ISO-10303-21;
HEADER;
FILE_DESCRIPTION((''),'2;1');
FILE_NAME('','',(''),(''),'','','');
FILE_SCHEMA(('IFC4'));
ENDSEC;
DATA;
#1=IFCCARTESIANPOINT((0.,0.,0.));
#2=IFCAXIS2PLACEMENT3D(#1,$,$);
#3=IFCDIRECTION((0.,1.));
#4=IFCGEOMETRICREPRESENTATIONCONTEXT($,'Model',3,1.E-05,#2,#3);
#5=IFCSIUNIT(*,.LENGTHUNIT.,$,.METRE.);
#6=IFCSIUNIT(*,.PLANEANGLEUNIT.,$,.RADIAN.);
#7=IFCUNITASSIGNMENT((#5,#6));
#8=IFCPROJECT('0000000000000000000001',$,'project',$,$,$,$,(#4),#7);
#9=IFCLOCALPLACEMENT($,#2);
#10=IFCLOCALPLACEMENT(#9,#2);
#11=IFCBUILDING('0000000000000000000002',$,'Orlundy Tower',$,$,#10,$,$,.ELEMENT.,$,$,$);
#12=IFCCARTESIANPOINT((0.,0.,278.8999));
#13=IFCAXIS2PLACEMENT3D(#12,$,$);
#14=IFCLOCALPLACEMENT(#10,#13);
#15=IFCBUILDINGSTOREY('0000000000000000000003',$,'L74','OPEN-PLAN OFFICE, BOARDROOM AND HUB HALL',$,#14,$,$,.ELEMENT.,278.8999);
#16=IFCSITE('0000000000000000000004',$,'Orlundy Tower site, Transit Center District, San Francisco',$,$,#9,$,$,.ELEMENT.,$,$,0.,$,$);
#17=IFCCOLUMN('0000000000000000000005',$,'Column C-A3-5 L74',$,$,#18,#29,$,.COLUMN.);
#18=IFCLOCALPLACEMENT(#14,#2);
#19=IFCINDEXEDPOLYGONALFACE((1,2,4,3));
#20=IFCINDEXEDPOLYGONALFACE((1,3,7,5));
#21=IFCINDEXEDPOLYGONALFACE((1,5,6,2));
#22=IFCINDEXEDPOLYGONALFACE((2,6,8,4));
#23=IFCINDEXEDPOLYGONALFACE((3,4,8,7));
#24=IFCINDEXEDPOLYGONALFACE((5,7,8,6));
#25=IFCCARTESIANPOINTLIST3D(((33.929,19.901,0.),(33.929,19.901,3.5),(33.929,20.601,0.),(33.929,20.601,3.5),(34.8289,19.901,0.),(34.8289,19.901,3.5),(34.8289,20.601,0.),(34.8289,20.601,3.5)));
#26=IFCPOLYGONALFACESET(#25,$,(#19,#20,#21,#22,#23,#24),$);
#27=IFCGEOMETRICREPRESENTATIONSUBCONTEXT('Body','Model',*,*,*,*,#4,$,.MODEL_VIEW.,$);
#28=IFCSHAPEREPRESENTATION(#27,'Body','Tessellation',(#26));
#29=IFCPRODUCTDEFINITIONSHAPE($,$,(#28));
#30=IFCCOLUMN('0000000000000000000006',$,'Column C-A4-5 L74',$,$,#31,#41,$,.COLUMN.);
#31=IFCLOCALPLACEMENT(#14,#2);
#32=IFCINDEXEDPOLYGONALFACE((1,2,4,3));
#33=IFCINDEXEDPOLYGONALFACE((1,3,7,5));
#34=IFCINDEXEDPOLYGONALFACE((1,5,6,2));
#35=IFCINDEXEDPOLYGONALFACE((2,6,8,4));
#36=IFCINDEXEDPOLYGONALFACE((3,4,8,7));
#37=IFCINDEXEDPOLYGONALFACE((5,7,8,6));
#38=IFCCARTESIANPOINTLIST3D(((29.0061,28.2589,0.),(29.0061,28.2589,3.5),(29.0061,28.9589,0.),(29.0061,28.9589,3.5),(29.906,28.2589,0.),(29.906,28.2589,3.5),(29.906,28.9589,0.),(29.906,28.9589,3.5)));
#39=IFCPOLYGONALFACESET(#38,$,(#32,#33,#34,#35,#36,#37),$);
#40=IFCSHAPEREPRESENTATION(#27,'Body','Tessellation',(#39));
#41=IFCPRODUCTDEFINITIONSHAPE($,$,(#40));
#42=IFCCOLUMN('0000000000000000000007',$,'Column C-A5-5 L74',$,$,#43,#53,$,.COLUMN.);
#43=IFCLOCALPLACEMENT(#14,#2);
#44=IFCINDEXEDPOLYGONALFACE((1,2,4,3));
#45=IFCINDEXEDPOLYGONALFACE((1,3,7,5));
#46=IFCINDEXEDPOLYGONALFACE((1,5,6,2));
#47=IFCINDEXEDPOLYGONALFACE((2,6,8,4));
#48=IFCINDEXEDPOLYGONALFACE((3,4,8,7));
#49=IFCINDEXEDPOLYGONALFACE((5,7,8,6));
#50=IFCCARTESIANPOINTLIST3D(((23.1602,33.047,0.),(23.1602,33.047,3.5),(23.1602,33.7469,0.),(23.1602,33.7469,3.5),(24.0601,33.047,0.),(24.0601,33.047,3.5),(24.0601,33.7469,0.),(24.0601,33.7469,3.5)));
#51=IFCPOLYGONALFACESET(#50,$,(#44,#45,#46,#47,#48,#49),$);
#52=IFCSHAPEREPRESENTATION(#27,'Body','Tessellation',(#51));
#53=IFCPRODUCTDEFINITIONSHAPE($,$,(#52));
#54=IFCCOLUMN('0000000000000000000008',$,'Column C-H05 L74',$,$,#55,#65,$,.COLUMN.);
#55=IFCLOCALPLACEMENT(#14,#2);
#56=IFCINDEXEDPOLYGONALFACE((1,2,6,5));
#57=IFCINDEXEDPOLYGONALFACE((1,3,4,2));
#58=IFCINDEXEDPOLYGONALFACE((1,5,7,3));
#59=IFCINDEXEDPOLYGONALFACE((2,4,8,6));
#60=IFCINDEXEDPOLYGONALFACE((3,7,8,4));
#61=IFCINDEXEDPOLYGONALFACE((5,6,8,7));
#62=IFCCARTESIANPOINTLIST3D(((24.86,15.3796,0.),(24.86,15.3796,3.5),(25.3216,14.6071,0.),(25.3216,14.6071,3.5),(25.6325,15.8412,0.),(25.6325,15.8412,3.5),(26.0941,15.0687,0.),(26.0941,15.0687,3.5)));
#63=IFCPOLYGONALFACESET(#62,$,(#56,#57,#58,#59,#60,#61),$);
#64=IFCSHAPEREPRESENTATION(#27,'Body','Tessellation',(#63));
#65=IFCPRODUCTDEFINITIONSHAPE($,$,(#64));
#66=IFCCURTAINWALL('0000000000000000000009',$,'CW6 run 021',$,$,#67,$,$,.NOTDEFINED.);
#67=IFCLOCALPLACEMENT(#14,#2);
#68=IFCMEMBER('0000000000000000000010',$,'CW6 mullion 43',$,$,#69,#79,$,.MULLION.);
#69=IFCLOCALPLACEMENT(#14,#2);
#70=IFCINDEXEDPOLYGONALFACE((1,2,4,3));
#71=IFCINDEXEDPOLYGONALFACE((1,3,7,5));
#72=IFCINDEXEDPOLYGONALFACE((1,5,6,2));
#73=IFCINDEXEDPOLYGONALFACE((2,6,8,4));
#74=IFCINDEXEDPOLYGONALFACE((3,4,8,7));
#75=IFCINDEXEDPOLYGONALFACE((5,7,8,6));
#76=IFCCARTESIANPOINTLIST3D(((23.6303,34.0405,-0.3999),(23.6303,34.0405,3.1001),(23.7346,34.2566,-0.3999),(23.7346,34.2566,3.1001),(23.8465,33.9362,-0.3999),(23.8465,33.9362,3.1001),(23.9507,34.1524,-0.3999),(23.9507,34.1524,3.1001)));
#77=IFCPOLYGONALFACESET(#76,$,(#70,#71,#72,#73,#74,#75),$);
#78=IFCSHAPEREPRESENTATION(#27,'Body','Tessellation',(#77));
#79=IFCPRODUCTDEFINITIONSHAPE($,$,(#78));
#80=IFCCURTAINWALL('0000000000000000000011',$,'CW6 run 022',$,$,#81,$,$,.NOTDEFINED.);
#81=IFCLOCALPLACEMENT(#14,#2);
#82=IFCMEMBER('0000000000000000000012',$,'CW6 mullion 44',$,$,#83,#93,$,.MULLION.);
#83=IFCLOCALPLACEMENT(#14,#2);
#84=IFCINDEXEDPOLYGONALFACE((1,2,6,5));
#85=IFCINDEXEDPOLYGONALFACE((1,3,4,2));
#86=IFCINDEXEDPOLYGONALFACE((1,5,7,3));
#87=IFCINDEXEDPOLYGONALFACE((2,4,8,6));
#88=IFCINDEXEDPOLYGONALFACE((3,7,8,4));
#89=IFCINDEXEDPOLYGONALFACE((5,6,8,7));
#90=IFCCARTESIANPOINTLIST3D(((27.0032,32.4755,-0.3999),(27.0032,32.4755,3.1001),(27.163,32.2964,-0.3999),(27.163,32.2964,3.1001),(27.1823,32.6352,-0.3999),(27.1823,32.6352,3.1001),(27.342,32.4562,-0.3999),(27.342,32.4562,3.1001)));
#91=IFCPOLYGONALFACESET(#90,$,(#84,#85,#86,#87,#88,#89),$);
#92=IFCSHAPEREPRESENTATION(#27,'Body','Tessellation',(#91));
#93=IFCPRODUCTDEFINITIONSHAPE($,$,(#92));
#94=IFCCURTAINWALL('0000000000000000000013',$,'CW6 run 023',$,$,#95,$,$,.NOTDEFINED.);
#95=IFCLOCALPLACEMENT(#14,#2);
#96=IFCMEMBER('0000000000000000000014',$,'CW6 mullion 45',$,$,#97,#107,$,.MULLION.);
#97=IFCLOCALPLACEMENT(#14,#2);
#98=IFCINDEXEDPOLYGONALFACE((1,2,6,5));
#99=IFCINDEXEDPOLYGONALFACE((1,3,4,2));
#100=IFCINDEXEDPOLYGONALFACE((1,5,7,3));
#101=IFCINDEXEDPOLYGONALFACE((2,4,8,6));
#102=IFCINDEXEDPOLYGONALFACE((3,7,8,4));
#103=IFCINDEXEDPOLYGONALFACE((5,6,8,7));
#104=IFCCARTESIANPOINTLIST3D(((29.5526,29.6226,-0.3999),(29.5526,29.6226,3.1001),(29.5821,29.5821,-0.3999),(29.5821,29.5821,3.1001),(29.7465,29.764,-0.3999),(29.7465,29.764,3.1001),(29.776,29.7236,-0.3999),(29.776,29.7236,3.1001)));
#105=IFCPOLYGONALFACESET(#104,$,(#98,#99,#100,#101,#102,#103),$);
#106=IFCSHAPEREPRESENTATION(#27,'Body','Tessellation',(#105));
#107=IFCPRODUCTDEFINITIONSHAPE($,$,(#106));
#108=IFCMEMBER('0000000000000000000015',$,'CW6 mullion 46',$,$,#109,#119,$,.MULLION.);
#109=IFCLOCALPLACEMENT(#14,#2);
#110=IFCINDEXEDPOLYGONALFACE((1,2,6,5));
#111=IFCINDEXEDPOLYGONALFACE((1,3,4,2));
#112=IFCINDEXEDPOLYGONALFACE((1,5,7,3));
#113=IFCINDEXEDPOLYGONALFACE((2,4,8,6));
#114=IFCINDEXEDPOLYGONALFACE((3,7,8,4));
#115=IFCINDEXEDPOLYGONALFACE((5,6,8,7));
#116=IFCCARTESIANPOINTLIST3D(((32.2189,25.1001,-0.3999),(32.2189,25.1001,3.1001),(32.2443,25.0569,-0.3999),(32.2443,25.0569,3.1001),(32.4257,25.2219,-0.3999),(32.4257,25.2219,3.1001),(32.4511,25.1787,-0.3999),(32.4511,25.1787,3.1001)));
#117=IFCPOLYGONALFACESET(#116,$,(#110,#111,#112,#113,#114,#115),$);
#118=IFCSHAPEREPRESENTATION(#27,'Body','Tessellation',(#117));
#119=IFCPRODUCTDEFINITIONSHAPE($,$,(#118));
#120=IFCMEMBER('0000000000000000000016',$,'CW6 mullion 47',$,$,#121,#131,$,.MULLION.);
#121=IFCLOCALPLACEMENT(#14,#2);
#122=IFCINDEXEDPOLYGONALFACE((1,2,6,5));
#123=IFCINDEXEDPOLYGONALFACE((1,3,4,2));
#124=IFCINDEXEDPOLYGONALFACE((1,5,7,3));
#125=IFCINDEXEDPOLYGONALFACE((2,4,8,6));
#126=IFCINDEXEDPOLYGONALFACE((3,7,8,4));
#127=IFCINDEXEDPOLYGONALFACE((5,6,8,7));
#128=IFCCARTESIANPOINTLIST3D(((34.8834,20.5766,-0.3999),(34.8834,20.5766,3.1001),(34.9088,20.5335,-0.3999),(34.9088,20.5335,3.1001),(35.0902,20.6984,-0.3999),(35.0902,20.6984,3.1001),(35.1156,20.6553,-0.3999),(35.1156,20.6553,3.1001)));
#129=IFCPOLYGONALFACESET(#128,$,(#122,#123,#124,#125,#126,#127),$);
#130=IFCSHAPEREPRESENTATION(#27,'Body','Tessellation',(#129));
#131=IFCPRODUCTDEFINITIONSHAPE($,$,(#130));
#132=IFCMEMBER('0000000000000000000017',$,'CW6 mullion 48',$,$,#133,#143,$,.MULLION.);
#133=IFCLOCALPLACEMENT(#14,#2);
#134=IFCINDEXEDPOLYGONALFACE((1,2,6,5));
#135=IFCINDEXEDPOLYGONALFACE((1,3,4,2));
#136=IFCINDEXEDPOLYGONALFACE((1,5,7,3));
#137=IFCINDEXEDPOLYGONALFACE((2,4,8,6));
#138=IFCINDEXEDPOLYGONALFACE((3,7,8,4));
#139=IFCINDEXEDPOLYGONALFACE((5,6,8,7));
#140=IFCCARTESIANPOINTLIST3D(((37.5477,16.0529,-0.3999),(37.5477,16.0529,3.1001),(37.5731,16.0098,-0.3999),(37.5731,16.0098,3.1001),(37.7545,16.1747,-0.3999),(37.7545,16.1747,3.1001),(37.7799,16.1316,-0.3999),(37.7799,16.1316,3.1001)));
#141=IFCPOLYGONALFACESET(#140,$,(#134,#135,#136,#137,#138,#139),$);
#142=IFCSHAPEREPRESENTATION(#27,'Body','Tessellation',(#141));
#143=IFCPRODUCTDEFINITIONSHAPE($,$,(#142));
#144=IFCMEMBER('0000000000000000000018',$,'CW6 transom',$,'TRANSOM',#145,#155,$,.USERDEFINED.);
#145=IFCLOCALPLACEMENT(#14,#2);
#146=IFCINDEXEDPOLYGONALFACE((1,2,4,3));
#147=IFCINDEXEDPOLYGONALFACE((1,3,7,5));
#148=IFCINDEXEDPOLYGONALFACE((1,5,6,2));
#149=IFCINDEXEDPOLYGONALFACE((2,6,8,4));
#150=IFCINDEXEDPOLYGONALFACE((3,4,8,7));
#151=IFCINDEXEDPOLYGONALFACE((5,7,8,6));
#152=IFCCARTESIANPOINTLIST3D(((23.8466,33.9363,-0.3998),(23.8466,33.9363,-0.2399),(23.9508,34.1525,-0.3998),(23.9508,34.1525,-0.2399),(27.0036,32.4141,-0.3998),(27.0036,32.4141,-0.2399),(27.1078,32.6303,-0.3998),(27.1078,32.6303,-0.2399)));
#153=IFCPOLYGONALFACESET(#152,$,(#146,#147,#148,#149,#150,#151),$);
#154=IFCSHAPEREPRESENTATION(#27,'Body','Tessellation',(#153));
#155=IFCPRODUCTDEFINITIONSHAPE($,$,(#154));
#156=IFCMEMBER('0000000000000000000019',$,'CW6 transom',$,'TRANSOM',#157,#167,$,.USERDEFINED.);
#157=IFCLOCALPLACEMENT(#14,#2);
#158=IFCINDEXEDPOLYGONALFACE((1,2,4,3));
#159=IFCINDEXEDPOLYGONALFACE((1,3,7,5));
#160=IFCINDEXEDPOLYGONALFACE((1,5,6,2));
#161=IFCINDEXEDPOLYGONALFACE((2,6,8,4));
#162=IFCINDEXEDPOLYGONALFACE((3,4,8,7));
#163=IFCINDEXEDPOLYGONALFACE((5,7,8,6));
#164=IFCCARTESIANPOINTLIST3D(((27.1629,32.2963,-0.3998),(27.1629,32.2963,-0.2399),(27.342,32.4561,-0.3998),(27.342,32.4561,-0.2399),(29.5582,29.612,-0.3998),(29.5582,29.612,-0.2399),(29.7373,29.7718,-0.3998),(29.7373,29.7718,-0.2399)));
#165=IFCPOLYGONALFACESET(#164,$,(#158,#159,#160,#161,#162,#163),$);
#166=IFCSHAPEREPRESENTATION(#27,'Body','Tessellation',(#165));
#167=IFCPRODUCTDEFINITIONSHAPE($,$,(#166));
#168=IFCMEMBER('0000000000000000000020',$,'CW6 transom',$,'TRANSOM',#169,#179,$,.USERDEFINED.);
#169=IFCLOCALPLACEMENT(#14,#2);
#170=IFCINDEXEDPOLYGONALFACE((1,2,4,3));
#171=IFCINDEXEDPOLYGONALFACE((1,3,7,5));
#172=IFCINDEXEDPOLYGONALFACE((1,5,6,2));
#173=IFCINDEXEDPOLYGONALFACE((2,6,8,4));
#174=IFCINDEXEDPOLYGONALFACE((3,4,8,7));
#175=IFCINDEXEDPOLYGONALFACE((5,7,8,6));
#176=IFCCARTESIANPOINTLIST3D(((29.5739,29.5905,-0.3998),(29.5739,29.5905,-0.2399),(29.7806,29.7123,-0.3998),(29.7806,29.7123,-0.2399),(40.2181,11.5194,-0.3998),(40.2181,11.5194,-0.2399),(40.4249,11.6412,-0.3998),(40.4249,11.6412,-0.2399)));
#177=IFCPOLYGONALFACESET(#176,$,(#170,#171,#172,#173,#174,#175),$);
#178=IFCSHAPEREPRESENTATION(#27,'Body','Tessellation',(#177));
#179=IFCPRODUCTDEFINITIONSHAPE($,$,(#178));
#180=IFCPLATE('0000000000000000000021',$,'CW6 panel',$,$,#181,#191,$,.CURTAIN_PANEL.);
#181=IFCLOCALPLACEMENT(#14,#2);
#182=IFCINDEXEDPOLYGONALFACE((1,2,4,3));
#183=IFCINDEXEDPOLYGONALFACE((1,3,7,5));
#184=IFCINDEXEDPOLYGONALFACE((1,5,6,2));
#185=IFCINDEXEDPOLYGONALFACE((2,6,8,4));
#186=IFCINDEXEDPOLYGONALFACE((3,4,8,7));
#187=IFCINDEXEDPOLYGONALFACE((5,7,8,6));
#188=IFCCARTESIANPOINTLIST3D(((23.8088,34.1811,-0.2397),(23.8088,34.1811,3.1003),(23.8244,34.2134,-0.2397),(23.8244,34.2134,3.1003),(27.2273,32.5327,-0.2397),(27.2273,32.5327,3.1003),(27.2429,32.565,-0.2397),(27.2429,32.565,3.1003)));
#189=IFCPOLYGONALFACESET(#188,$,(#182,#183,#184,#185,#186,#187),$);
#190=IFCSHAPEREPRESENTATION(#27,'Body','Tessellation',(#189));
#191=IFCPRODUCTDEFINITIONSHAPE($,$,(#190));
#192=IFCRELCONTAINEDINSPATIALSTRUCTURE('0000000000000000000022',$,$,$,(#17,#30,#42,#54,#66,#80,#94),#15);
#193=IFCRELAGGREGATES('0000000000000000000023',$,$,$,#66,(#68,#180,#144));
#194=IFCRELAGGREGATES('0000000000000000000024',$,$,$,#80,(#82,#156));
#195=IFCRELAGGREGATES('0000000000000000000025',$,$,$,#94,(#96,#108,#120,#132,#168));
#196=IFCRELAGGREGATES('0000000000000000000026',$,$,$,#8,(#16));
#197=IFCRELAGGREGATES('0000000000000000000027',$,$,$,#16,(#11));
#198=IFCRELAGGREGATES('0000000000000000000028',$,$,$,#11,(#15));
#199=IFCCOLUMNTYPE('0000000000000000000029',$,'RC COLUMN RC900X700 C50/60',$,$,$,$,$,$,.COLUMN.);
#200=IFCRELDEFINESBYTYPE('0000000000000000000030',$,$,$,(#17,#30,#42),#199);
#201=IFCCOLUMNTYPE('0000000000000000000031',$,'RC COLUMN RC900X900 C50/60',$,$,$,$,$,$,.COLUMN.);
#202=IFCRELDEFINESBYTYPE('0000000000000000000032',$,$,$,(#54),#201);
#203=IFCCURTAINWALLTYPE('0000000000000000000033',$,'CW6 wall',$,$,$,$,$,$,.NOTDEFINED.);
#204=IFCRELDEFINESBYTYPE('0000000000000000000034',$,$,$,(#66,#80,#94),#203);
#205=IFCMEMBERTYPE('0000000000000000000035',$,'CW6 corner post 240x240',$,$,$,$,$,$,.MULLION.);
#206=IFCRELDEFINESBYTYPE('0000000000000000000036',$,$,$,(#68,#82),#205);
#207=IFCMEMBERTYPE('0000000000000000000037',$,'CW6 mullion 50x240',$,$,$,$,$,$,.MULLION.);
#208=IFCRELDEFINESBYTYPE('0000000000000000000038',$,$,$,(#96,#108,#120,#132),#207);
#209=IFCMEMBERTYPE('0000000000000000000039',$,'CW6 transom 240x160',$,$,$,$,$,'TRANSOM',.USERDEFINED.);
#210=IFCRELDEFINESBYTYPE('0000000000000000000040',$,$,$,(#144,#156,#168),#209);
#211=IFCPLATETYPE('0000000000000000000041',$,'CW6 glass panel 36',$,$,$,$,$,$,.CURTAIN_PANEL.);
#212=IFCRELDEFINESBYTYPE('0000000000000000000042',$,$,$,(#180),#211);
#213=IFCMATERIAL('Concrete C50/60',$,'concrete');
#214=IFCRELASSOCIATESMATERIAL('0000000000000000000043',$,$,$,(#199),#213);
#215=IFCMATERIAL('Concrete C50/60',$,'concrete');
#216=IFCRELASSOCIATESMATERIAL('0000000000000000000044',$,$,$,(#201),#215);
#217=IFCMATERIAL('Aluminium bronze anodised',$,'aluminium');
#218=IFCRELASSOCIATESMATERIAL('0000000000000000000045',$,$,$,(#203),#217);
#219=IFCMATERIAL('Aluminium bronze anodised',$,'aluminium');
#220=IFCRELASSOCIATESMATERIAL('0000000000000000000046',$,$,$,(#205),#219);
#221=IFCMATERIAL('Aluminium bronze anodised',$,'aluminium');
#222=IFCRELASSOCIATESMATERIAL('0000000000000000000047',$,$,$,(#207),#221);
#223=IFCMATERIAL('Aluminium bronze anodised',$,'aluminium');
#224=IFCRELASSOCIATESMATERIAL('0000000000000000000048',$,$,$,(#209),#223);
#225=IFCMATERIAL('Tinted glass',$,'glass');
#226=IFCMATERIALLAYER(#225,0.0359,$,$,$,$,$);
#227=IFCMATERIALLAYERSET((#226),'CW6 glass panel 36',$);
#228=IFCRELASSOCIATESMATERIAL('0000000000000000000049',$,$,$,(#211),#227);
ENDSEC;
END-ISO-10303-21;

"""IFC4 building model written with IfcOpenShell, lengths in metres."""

from ifc_helpers import new_model, si_unit, direction, frame, origin, origin_2d, place, context, subcontext, project, spatial, rectangle, extrude, material, layer, layer_set, material_profile, profile_set, type_object, element, aggregate, save


model = new_model("IFC4")

# Units and contexts
model_context = context("Model", 3, precision=1e-05, world=origin(), true_north=direction((0.0, 1.0)))
body_context = subcontext(model_context, "Body", "Model", "MODEL_VIEW")
ifc_project = project(units=[si_unit("LENGTHUNIT", "METRE"), si_unit("PLANEANGLEUNIT", "RADIAN")], contexts=[model_context])

# Site, building, storey
site_placement = place(None, origin())
site = spatial("IfcSite", under=ifc_project, at=site_placement, Name="Orlundy Tower site, Transit Center District, San Francisco", CompositionType="ELEMENT", RefElevation=0.0)
building_placement = place(site_placement, origin())
building = spatial("IfcBuilding", under=site, at=building_placement, Name="Orlundy Tower", CompositionType="ELEMENT")
storey_placement = place(building_placement, frame((0.0, 0.0, 278.8999)))
storey = spatial("IfcBuildingStorey", under=building, at=storey_placement, Name="L74", Description="OPEN-PLAN OFFICE, BOARDROOM AND HUB HALL", CompositionType="ELEMENT", Elevation=278.8999)

# Columns
ifc_material_1 = material(Name="Concrete C50/60", Category="concrete")
ifc_material_profile_1 = material_profile(ifc_material_1, rectangle(XDim=0.8999, YDim=0.7, at=origin_2d()), Name="RC900X700")
ifc_profile_set_1 = profile_set([ifc_material_profile_1], Name="Concrete C50/60")
column_type_1 = type_object("IfcColumnType", Name="RC COLUMN RC900X700 C50/60", PredefinedType="COLUMN", material=ifc_profile_set_1)
for number, where, z_axis, x_axis, name in (
    (1, (34.3789, 20.251, 0.0), (0.0, 0.0, 1.0), (1.0, 0.0, 0.0), "Column C-A3-5 L74"),
    (2, (29.4561, 28.6089, 0.0), (0.0, 0.0, 1.0), (1.0, 0.0, 0.0), "Column C-A4-5 L74"),
    (3, (23.6101, 33.397, 0.0), (0.0, 0.0, 1.0), (1.0, 0.0, 0.0), "Column C-A5-5 L74"),
):
    element("IfcColumn", number, at=place(storey_placement, frame(where, z_axis=z_axis, x_axis=x_axis)), inside=storey, type_object=column_type_1, Name=name, PredefinedType="COLUMN", context=body_context, shape_type="SweptSolid", body=[
        extrude(rectangle(XDim=0.8999, YDim=0.7, at=origin_2d()), origin(), (0.0, 0.0, 1.0), 3.5),
    ])
ifc_material_2 = material(Name="Concrete C50/60", Category="concrete")
ifc_material_profile_2 = material_profile(ifc_material_2, rectangle(XDim=0.8999, YDim=0.8999, at=origin_2d()), Name="RC900X900")
ifc_profile_set_2 = profile_set([ifc_material_profile_2], Name="Concrete C50/60")
column_type_2 = type_object("IfcColumnType", Name="RC COLUMN RC900X900 C50/60", PredefinedType="COLUMN", material=ifc_profile_set_2)
column_placement = place(storey_placement, frame((25.4771, 15.2241, 0.0), z_axis=(0.0, 0.0, 1.0), x_axis=(0.858414, 0.512957, 0.0)))
element("IfcColumn", 4, at=column_placement, inside=storey, type_object=column_type_2, Name="Column C-H05 L74", PredefinedType="COLUMN", context=body_context, shape_type="SweptSolid", body=[
    extrude(rectangle(XDim=0.8999, YDim=0.8999, at=origin_2d()), origin(), (0.0, 0.0, 1.0), 3.5),
])

# Curtain walls, members
ifc_material_3 = material(Name="Aluminium bronze anodised", Category="aluminium")
curtain_wall_type = type_object("IfcCurtainWallType", Name="CW6 wall", PredefinedType="NOTDEFINED", material=ifc_material_3)
curtain_wall_1_placement = place(storey_placement, origin())
curtain_wall_1 = element("IfcCurtainWall", 5, at=curtain_wall_1_placement, inside=storey, type_object=curtain_wall_type, Name="CW6 run 021", PredefinedType="NOTDEFINED")
ifc_material_4 = material(Name="Aluminium bronze anodised", Category="aluminium")
ifc_material_profile_3 = material_profile(ifc_material_4, rectangle(XDim=0.24, YDim=0.24, at=origin_2d()), Name="CW6 corner post 240x240")
ifc_profile_set_3 = profile_set([ifc_material_profile_3], Name="Aluminium bronze anodised")
member_type_1 = type_object("IfcMemberType", Name="CW6 corner post 240x240", PredefinedType="MULLION", material=ifc_profile_set_3)
member_1_placement = place(storey_placement, frame((23.7905, 34.0964, -0.3999), z_axis=(0.0, 0.0, 1.0), x_axis=(0.434327, 0.900755, 0.0)))
member_1 = element("IfcMember", 6, at=member_1_placement, type_object=member_type_1, Name="CW6 mullion 43", PredefinedType="MULLION", context=body_context, shape_type="SweptSolid", body=[
    extrude(rectangle(XDim=0.24, YDim=0.24, at=origin_2d()), origin(), (0.0, 0.0, 1.0), 3.5),
])
curtain_wall_2_placement = place(storey_placement, origin())
curtain_wall_2 = element("IfcCurtainWall", 7, at=curtain_wall_2_placement, inside=storey, type_object=curtain_wall_type, Name="CW6 run 022", PredefinedType="NOTDEFINED")
member_2_placement = place(storey_placement, frame((27.1726, 32.4658, -0.3999), z_axis=(0.0, 0.0, 1.0), x_axis=(0.746158, 0.665769, 0.0)))
member_2 = element("IfcMember", 8, at=member_2_placement, type_object=member_type_1, Name="CW6 mullion 44", PredefinedType="MULLION", context=body_context, shape_type="SweptSolid", body=[
    extrude(rectangle(XDim=0.24, YDim=0.24, at=origin_2d()), origin(), (0.0, 0.0, 1.0), 3.5),
])

# Curtain wall, members
curtain_wall_3_placement = place(storey_placement, origin())
curtain_wall_3 = element("IfcCurtainWall", 9, at=curtain_wall_3_placement, inside=storey, type_object=curtain_wall_type, Name="CW6 run 023", PredefinedType="NOTDEFINED")
ifc_material_5 = material(Name="Aluminium bronze anodised", Category="aluminium")
ifc_material_profile_4 = material_profile(ifc_material_5, rectangle(XDim=0.24, YDim=0.05, at=origin_2d()), Name="CW6 mullion 50x240")
ifc_profile_set_4 = profile_set([ifc_material_profile_4], Name="Aluminium bronze anodised")
member_type_2 = type_object("IfcMemberType", Name="CW6 mullion 50x240", PredefinedType="MULLION", material=ifc_profile_set_4)
member_3_placement = place(storey_placement, frame((29.6643, 29.6731, -0.3999), z_axis=(0.0, 0.0, 1.0), x_axis=(0.807779, 0.589485, 0.0)))
member_3 = element("IfcMember", 10, at=member_3_placement, type_object=member_type_2, Name="CW6 mullion 45", PredefinedType="MULLION", context=body_context, shape_type="SweptSolid", body=[
    extrude(rectangle(XDim=0.24, YDim=0.05, at=origin_2d()), origin(), (0.0, 0.0, 1.0), 3.5),
])
member_4_placement = place(storey_placement, frame((32.335, 25.1394, -0.3999), z_axis=(0.0, 0.0, 1.0), x_axis=(0.861633, 0.507532, 0.0)))
member_4 = element("IfcMember", 11, at=member_4_placement, type_object=member_type_2, Name="CW6 mullion 46", PredefinedType="MULLION", context=body_context, shape_type="SweptSolid", body=[
    extrude(rectangle(XDim=0.24, YDim=0.05, at=origin_2d()), origin(), (0.0, 0.0, 1.0), 3.5),
])
member_5_placement = place(storey_placement, frame((34.9995, 20.616, -0.3999), z_axis=(0.0, 0.0, 1.0), x_axis=(0.861633, 0.507532, 0.0)))
member_5 = element("IfcMember", 12, at=member_5_placement, type_object=member_type_2, Name="CW6 mullion 47", PredefinedType="MULLION", context=body_context, shape_type="SweptSolid", body=[
    extrude(rectangle(XDim=0.24, YDim=0.05, at=origin_2d()), origin(), (0.0, 0.0, 1.0), 3.5),
])
member_6_placement = place(storey_placement, frame((37.6638, 16.0923, -0.3999), z_axis=(0.0, 0.0, 1.0), x_axis=(0.861633, 0.507532, 0.0)))
member_6 = element("IfcMember", 13, at=member_6_placement, type_object=member_type_2, Name="CW6 mullion 48", PredefinedType="MULLION", context=body_context, shape_type="SweptSolid", body=[
    extrude(rectangle(XDim=0.24, YDim=0.05, at=origin_2d()), origin(), (0.0, 0.0, 1.0), 3.5),
])

# Members
ifc_material_6 = material(Name="Aluminium bronze anodised", Category="aluminium")
ifc_material_profile_5 = material_profile(ifc_material_6, rectangle(XDim=0.24, YDim=0.1599, at=origin_2d()), Name="CW6 transom 240x160")
ifc_profile_set_5 = profile_set([ifc_material_profile_5], Name="Aluminium bronze anodised")
member_type_3 = type_object("IfcMemberType", Name="CW6 transom 240x160", ElementType="TRANSOM", PredefinedType="USERDEFINED", material=ifc_profile_set_5)
member_7_placement = place(storey_placement, frame((23.8987, 34.0444, -0.3198), z_axis=(0.900757, -0.434322, 0.0), x_axis=(0.434322, 0.900757, 0.0)))
member_7 = element("IfcMember", 14, at=member_7_placement, type_object=member_type_3, Name="CW6 transom", ObjectType="TRANSOM", PredefinedType="USERDEFINED", context=body_context, shape_type="SweptSolid", body=[
    extrude(rectangle(XDim=0.24, YDim=0.1599, at=origin_2d()), origin(), (0.0, 0.0, 1.0), 3.5049),
])
member_8_placement = place(storey_placement, frame((27.2524, 32.3762, -0.3198), z_axis=(0.665791, -0.746139, 0.0), x_axis=(0.746139, 0.665791, 0.0)))
member_8 = element("IfcMember", 15, at=member_8_placement, type_object=member_type_3, Name="CW6 transom", ObjectType="TRANSOM", PredefinedType="USERDEFINED", context=body_context, shape_type="SweptSolid", body=[
    extrude(rectangle(XDim=0.24, YDim=0.1599, at=origin_2d()), origin(), (0.0, 0.0, 1.0), 3.5977),
])
member_9_placement = place(storey_placement, frame((29.6772, 29.6514, -0.3198), z_axis=(0.507525, -0.861637, 0.0), x_axis=(0.861637, 0.507525, 0.0)))
member_9 = element("IfcMember", 16, at=member_9_placement, type_object=member_type_3, Name="CW6 transom", ObjectType="TRANSOM", PredefinedType="USERDEFINED", context=body_context, shape_type="SweptSolid", body=[
    extrude(rectangle(XDim=0.24, YDim=0.1599, at=origin_2d()), origin(), (0.0, 0.0, 1.0), 20.9729),
])

# Plate
ifc_material_7 = material(Name="Tinted glass", Category="glass")
ifc_layer_1 = layer(ifc_material_7, 0.0359)
ifc_layer_set_1 = layer_set([ifc_layer_1], Name="CW6 glass panel 36")
plate_type = type_object("IfcPlateType", Name="CW6 glass panel 36", PredefinedType="CURTAIN_PANEL", material=ifc_layer_set_1)
plate_1_placement = place(storey_placement, frame((25.5259, 33.373, -0.2397), z_axis=(0.0, 0.0, 1.0), x_axis=(0.900755, -0.434327, 0.0)))
plate_1 = element("IfcPlate", 17, at=plate_1_placement, type_object=plate_type, Name="CW6 panel", PredefinedType="CURTAIN_PANEL", context=body_context, shape_type="SweptSolid", body=[
    extrude(rectangle(XDim=3.7952, YDim=0.0359, at=origin_2d()), origin(), (0.0, 0.0, 1.0), 3.3401),
])
aggregate(curtain_wall_1, [member_1, plate_1, member_7])
aggregate(curtain_wall_2, [member_2, member_8])
aggregate(curtain_wall_3, [member_3, member_4, member_5, member_6, member_9])

save(model, "model.ifc")
